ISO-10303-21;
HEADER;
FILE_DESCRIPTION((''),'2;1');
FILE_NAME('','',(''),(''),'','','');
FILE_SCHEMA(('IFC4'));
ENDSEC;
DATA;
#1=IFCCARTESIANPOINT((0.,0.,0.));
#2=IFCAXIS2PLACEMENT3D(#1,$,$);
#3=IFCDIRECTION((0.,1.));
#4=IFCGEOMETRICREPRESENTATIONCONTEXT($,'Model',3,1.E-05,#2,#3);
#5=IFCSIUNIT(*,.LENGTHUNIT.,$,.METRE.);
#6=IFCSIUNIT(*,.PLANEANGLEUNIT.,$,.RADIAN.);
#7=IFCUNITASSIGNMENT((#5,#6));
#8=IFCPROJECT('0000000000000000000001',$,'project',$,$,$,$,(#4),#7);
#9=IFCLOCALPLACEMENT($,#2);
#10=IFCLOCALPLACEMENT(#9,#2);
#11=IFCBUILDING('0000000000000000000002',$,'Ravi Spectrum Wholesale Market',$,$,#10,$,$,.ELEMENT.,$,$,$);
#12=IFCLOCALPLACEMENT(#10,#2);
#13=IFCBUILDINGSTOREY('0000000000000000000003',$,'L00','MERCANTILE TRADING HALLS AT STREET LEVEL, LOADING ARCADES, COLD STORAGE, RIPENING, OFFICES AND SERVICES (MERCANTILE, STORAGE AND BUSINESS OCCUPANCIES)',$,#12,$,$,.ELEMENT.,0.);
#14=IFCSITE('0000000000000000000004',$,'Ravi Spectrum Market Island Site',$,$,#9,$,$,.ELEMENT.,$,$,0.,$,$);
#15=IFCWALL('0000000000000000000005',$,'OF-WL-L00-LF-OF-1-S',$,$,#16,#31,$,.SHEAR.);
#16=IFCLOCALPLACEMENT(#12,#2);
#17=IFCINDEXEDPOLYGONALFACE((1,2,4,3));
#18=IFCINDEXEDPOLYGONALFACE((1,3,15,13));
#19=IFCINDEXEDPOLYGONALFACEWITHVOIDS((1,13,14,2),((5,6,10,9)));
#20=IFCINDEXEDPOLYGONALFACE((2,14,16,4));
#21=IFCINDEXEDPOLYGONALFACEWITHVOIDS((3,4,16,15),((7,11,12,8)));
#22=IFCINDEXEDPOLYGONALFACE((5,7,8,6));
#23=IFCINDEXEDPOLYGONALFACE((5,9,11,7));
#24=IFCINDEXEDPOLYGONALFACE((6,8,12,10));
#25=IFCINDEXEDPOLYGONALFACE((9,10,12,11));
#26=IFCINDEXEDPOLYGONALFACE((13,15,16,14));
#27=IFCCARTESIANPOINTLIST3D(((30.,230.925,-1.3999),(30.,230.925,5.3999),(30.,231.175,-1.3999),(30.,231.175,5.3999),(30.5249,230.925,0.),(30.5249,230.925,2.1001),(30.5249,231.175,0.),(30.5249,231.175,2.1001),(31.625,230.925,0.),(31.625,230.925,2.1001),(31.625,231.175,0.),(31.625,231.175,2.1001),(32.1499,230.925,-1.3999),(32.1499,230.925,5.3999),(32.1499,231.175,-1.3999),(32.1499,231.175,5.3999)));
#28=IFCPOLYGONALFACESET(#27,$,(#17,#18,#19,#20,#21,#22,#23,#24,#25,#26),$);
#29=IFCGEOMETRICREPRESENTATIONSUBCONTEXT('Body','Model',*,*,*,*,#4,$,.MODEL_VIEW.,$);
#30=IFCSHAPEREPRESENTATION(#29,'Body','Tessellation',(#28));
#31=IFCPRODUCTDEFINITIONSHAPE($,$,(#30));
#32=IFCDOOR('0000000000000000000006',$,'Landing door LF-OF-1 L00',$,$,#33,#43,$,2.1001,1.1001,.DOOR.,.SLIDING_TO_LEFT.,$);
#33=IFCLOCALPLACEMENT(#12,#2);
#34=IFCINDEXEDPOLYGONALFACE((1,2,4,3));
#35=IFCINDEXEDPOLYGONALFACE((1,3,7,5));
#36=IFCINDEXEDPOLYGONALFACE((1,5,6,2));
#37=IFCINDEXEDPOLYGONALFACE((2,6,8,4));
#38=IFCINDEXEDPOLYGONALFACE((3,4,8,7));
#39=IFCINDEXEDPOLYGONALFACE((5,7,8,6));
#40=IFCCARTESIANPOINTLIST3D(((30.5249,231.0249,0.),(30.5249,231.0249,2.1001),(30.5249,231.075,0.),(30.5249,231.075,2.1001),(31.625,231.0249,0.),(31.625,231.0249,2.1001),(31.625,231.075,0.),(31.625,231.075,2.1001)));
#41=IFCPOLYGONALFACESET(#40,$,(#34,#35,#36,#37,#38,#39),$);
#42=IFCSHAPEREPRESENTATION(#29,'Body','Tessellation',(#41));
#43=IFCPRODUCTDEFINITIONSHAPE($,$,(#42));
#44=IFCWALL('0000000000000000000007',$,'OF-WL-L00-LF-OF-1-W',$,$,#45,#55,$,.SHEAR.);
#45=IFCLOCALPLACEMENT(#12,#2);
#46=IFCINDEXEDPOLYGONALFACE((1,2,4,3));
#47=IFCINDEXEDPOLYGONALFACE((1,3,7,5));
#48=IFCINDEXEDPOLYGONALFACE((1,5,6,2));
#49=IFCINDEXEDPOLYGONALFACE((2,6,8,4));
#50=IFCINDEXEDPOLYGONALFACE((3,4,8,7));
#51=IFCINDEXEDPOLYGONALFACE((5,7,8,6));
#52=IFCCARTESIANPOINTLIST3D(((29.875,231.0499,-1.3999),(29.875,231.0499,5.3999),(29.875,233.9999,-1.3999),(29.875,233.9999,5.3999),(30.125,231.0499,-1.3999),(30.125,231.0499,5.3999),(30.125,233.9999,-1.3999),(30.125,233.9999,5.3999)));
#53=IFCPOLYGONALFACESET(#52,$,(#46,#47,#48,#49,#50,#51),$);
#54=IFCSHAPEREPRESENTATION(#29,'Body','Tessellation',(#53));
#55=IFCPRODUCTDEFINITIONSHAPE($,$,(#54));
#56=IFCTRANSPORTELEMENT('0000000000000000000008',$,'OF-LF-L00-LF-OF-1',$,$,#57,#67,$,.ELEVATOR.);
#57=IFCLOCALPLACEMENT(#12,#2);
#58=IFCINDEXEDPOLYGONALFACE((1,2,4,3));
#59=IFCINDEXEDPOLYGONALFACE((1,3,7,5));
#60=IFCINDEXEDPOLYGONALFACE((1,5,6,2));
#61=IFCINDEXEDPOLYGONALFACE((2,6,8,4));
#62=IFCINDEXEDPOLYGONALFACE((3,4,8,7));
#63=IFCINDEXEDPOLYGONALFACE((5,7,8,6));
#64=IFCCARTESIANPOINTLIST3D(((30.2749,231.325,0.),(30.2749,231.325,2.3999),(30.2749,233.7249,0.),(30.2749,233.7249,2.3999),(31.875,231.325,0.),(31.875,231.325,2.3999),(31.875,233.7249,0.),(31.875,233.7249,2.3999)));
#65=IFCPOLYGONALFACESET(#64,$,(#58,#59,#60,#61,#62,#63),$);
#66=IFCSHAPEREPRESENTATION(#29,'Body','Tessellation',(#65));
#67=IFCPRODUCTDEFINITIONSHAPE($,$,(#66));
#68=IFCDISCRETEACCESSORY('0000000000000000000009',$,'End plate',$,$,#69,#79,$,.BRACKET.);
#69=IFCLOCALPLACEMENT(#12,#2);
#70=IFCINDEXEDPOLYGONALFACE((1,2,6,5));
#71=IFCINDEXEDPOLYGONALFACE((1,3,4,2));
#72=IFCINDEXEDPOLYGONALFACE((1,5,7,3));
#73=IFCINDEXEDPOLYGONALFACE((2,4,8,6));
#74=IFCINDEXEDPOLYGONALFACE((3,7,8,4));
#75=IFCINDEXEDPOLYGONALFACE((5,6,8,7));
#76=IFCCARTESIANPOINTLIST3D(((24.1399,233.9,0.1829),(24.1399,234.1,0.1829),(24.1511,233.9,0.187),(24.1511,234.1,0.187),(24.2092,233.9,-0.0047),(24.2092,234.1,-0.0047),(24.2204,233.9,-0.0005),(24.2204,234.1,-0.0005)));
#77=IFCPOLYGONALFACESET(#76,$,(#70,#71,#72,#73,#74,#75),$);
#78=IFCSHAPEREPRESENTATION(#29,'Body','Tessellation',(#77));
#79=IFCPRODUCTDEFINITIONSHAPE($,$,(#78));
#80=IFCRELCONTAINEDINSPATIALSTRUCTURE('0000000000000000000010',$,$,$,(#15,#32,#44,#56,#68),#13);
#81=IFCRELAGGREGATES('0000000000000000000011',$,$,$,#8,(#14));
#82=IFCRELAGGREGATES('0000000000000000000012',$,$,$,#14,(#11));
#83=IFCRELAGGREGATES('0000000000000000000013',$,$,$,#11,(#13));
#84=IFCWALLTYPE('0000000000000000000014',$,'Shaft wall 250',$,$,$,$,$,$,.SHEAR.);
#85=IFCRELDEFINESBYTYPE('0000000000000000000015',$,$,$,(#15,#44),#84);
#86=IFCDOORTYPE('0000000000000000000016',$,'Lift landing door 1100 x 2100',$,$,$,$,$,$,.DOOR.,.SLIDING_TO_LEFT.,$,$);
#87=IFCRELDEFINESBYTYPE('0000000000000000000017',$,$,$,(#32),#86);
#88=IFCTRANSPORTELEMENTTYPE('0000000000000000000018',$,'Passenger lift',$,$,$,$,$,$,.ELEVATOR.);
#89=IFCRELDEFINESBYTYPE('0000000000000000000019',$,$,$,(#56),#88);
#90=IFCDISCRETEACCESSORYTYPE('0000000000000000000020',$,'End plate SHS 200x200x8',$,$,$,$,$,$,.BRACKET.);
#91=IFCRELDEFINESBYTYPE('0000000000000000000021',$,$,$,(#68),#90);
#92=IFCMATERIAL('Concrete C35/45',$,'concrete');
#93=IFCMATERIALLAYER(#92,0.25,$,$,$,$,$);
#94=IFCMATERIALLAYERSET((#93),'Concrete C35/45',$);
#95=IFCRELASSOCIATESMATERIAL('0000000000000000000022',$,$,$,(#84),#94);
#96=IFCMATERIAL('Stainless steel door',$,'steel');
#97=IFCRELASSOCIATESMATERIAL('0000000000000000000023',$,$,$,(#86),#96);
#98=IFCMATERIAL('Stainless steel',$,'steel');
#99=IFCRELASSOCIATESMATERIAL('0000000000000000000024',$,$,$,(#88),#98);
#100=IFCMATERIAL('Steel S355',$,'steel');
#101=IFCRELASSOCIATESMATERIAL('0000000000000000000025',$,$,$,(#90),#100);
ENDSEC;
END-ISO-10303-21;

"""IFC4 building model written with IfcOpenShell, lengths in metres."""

from ifc_helpers import new_model, si_unit, direction, frame, frame_2d, origin, origin_2d, place, context, subcontext, project, spatial, rectangle, extrude, material, layer, layer_set, material_profile, profile_set, type_object, element, fill, save


model = new_model("IFC4")

# Units and contexts
model_context = context("Model", 3, precision=1e-05, world=origin(), true_north=direction((0.0, 1.0)))
body_context = subcontext(model_context, "Body", "Model", "MODEL_VIEW")
ifc_project = project(units=[si_unit("LENGTHUNIT", "METRE"), si_unit("PLANEANGLEUNIT", "RADIAN")], contexts=[model_context])

# Site, building, storey
site_placement = place(None, origin())
site = spatial("IfcSite", under=ifc_project, at=site_placement, Name="Ravi Spectrum Market Island Site", CompositionType="ELEMENT", RefElevation=0.0)
building_placement = place(site_placement, origin())
building = spatial("IfcBuilding", under=site, at=building_placement, Name="Ravi Spectrum Wholesale Market", CompositionType="ELEMENT")
storey_placement = place(building_placement, origin())
storey = spatial("IfcBuildingStorey", under=building, at=storey_placement, Name="L00", Description="MERCANTILE TRADING HALLS AT STREET LEVEL, LOADING ARCADES, COLD STORAGE, RIPENING, OFFICES AND SERVICES (MERCANTILE, STORAGE AND BUSINESS OCCUPANCIES)", CompositionType="ELEMENT", Elevation=0.0)

# Shared definitions
ifc_material_1 = material(Name="Concrete C35/45", Category="concrete")
ifc_layer_1 = layer(ifc_material_1, 0.25)
ifc_layer_set_1 = layer_set([ifc_layer_1], Name="Concrete C35/45")
wall_type_1 = type_object("IfcWallType", Name="Shaft wall 250", PredefinedType="SHEAR", material=ifc_layer_set_1)

# Wall, opening, door
wall_1_placement = place(storey_placement, frame((30.0, 231.05, -1.3999), z_axis=(0.0, 0.0, 1.0), x_axis=(1.0, 0.0, 0.0)))
wall_1 = element("IfcWall", 1, at=wall_1_placement, inside=storey, type_object=wall_type_1, Name="OF-WL-L00-LF-OF-1-S", PredefinedType="SHEAR", context=body_context, shape_type="SweptSolid", body=[
    extrude(rectangle(XDim=2.1499, YDim=0.25, at=frame_2d((1.075, 0.0))), origin(), (0.0, 0.0, 1.0), 6.7998),
])
opening_1_placement = place(wall_1_placement, frame((0.5249, 0.0, 1.3999)))
opening_1 = element("IfcOpeningElement", 2, at=opening_1_placement, cuts=wall_1, PredefinedType="OPENING", context=body_context, shape_type="SweptSolid", body=[
    extrude(rectangle(XDim=1.1001, YDim=2.1001, at=frame_2d((0.55, 1.05))), frame((0.0, 0.135, 0.0), z_axis=(0.0, -1.0, 0.0), x_axis=(1.0, 0.0, 0.0)), (0.0, 0.0, 1.0), 0.27),
])
ifc_material_2 = material(Name="Stainless steel door", Category="steel")
door_type_1 = type_object("IfcDoorType", Name="Lift landing door 1100 x 2100", OperationType="SLIDING_TO_LEFT", PredefinedType="DOOR", material=ifc_material_2)
door_1_placement = place(opening_1_placement, origin())
door_1 = element("IfcDoor", 3, at=door_1_placement, inside=storey, type_object=door_type_1, Name="Landing door LF-OF-1 L00", OperationType="SLIDING_TO_LEFT", OverallHeight=2.1001, OverallWidth=1.1001, PredefinedType="DOOR", context=body_context, shape_type="SweptSolid", body=[
    extrude(rectangle(XDim=1.1001, YDim=2.1001, at=frame_2d((0.55, 1.05))), frame((0.0, 0.0249, 0.0), z_axis=(0.0, -1.0, 0.0), x_axis=(1.0, 0.0, 0.0)), (0.0, 0.0, 1.0), 0.05),
])
fill(opening_1, door_1)

# Wall
wall_2_placement = place(storey_placement, frame((30.0, 234.0, -1.3999), z_axis=(0.0, 0.0, 1.0), x_axis=(0.0, -1.0, 0.0)))
element("IfcWall", 4, at=wall_2_placement, inside=storey, type_object=wall_type_1, Name="OF-WL-L00-LF-OF-1-W", PredefinedType="SHEAR", context=body_context, shape_type="SweptSolid", body=[
    extrude(rectangle(XDim=2.95, YDim=0.25, at=frame_2d((1.4751, 0.0))), origin(), (0.0, 0.0, 1.0), 6.7998),
])

# Transport element
ifc_material_3 = material(Name="Stainless steel", Category="steel")
transport_element_type = type_object("IfcTransportElementType", Name="Passenger lift", PredefinedType="ELEVATOR", material=ifc_material_3)
transport_element_placement = place(storey_placement, frame((31.075, 232.5249, 0.0), z_axis=(0.0, 0.0, 1.0), x_axis=(1.0, 0.0, 0.0)))
element("IfcTransportElement", 5, at=transport_element_placement, inside=storey, type_object=transport_element_type, Name="OF-LF-L00-LF-OF-1", PredefinedType="ELEVATOR", context=body_context, shape_type="SweptSolid", body=[
    extrude(rectangle(XDim=1.6001, YDim=2.3999, at=origin_2d()), origin(), (0.0, 0.0, 1.0), 2.3999),
])

# Discrete accessory
ifc_material_4 = material(Name="Steel S355", Category="steel")
ifc_material_profile_1 = material_profile(ifc_material_4, rectangle(XDim=0.2, YDim=0.2, at=origin_2d()))
ifc_profile_set_1 = profile_set([ifc_material_profile_1], Name="Steel S355")
discrete_accessory_type = type_object("IfcDiscreteAccessoryType", Name="End plate SHS 200x200x8", PredefinedType="BRACKET", material=ifc_profile_set_1)
discrete_accessory_placement = place(storey_placement, frame((24.1858, 234.0, 0.0933), z_axis=(-0.937994, 0.0, -0.34665), x_axis=(0.0, -1.0, 0.0)))
element("IfcDiscreteAccessory", 6, at=discrete_accessory_placement, inside=storey, type_object=discrete_accessory_type, Name="End plate", PredefinedType="BRACKET", context=body_context, shape_type="SweptSolid", body=[
    extrude(rectangle(XDim=0.2, YDim=0.2, at=origin_2d()), origin(), (0.0, 0.0, 1.0), 0.012),
])

save(model, "model.ifc")
